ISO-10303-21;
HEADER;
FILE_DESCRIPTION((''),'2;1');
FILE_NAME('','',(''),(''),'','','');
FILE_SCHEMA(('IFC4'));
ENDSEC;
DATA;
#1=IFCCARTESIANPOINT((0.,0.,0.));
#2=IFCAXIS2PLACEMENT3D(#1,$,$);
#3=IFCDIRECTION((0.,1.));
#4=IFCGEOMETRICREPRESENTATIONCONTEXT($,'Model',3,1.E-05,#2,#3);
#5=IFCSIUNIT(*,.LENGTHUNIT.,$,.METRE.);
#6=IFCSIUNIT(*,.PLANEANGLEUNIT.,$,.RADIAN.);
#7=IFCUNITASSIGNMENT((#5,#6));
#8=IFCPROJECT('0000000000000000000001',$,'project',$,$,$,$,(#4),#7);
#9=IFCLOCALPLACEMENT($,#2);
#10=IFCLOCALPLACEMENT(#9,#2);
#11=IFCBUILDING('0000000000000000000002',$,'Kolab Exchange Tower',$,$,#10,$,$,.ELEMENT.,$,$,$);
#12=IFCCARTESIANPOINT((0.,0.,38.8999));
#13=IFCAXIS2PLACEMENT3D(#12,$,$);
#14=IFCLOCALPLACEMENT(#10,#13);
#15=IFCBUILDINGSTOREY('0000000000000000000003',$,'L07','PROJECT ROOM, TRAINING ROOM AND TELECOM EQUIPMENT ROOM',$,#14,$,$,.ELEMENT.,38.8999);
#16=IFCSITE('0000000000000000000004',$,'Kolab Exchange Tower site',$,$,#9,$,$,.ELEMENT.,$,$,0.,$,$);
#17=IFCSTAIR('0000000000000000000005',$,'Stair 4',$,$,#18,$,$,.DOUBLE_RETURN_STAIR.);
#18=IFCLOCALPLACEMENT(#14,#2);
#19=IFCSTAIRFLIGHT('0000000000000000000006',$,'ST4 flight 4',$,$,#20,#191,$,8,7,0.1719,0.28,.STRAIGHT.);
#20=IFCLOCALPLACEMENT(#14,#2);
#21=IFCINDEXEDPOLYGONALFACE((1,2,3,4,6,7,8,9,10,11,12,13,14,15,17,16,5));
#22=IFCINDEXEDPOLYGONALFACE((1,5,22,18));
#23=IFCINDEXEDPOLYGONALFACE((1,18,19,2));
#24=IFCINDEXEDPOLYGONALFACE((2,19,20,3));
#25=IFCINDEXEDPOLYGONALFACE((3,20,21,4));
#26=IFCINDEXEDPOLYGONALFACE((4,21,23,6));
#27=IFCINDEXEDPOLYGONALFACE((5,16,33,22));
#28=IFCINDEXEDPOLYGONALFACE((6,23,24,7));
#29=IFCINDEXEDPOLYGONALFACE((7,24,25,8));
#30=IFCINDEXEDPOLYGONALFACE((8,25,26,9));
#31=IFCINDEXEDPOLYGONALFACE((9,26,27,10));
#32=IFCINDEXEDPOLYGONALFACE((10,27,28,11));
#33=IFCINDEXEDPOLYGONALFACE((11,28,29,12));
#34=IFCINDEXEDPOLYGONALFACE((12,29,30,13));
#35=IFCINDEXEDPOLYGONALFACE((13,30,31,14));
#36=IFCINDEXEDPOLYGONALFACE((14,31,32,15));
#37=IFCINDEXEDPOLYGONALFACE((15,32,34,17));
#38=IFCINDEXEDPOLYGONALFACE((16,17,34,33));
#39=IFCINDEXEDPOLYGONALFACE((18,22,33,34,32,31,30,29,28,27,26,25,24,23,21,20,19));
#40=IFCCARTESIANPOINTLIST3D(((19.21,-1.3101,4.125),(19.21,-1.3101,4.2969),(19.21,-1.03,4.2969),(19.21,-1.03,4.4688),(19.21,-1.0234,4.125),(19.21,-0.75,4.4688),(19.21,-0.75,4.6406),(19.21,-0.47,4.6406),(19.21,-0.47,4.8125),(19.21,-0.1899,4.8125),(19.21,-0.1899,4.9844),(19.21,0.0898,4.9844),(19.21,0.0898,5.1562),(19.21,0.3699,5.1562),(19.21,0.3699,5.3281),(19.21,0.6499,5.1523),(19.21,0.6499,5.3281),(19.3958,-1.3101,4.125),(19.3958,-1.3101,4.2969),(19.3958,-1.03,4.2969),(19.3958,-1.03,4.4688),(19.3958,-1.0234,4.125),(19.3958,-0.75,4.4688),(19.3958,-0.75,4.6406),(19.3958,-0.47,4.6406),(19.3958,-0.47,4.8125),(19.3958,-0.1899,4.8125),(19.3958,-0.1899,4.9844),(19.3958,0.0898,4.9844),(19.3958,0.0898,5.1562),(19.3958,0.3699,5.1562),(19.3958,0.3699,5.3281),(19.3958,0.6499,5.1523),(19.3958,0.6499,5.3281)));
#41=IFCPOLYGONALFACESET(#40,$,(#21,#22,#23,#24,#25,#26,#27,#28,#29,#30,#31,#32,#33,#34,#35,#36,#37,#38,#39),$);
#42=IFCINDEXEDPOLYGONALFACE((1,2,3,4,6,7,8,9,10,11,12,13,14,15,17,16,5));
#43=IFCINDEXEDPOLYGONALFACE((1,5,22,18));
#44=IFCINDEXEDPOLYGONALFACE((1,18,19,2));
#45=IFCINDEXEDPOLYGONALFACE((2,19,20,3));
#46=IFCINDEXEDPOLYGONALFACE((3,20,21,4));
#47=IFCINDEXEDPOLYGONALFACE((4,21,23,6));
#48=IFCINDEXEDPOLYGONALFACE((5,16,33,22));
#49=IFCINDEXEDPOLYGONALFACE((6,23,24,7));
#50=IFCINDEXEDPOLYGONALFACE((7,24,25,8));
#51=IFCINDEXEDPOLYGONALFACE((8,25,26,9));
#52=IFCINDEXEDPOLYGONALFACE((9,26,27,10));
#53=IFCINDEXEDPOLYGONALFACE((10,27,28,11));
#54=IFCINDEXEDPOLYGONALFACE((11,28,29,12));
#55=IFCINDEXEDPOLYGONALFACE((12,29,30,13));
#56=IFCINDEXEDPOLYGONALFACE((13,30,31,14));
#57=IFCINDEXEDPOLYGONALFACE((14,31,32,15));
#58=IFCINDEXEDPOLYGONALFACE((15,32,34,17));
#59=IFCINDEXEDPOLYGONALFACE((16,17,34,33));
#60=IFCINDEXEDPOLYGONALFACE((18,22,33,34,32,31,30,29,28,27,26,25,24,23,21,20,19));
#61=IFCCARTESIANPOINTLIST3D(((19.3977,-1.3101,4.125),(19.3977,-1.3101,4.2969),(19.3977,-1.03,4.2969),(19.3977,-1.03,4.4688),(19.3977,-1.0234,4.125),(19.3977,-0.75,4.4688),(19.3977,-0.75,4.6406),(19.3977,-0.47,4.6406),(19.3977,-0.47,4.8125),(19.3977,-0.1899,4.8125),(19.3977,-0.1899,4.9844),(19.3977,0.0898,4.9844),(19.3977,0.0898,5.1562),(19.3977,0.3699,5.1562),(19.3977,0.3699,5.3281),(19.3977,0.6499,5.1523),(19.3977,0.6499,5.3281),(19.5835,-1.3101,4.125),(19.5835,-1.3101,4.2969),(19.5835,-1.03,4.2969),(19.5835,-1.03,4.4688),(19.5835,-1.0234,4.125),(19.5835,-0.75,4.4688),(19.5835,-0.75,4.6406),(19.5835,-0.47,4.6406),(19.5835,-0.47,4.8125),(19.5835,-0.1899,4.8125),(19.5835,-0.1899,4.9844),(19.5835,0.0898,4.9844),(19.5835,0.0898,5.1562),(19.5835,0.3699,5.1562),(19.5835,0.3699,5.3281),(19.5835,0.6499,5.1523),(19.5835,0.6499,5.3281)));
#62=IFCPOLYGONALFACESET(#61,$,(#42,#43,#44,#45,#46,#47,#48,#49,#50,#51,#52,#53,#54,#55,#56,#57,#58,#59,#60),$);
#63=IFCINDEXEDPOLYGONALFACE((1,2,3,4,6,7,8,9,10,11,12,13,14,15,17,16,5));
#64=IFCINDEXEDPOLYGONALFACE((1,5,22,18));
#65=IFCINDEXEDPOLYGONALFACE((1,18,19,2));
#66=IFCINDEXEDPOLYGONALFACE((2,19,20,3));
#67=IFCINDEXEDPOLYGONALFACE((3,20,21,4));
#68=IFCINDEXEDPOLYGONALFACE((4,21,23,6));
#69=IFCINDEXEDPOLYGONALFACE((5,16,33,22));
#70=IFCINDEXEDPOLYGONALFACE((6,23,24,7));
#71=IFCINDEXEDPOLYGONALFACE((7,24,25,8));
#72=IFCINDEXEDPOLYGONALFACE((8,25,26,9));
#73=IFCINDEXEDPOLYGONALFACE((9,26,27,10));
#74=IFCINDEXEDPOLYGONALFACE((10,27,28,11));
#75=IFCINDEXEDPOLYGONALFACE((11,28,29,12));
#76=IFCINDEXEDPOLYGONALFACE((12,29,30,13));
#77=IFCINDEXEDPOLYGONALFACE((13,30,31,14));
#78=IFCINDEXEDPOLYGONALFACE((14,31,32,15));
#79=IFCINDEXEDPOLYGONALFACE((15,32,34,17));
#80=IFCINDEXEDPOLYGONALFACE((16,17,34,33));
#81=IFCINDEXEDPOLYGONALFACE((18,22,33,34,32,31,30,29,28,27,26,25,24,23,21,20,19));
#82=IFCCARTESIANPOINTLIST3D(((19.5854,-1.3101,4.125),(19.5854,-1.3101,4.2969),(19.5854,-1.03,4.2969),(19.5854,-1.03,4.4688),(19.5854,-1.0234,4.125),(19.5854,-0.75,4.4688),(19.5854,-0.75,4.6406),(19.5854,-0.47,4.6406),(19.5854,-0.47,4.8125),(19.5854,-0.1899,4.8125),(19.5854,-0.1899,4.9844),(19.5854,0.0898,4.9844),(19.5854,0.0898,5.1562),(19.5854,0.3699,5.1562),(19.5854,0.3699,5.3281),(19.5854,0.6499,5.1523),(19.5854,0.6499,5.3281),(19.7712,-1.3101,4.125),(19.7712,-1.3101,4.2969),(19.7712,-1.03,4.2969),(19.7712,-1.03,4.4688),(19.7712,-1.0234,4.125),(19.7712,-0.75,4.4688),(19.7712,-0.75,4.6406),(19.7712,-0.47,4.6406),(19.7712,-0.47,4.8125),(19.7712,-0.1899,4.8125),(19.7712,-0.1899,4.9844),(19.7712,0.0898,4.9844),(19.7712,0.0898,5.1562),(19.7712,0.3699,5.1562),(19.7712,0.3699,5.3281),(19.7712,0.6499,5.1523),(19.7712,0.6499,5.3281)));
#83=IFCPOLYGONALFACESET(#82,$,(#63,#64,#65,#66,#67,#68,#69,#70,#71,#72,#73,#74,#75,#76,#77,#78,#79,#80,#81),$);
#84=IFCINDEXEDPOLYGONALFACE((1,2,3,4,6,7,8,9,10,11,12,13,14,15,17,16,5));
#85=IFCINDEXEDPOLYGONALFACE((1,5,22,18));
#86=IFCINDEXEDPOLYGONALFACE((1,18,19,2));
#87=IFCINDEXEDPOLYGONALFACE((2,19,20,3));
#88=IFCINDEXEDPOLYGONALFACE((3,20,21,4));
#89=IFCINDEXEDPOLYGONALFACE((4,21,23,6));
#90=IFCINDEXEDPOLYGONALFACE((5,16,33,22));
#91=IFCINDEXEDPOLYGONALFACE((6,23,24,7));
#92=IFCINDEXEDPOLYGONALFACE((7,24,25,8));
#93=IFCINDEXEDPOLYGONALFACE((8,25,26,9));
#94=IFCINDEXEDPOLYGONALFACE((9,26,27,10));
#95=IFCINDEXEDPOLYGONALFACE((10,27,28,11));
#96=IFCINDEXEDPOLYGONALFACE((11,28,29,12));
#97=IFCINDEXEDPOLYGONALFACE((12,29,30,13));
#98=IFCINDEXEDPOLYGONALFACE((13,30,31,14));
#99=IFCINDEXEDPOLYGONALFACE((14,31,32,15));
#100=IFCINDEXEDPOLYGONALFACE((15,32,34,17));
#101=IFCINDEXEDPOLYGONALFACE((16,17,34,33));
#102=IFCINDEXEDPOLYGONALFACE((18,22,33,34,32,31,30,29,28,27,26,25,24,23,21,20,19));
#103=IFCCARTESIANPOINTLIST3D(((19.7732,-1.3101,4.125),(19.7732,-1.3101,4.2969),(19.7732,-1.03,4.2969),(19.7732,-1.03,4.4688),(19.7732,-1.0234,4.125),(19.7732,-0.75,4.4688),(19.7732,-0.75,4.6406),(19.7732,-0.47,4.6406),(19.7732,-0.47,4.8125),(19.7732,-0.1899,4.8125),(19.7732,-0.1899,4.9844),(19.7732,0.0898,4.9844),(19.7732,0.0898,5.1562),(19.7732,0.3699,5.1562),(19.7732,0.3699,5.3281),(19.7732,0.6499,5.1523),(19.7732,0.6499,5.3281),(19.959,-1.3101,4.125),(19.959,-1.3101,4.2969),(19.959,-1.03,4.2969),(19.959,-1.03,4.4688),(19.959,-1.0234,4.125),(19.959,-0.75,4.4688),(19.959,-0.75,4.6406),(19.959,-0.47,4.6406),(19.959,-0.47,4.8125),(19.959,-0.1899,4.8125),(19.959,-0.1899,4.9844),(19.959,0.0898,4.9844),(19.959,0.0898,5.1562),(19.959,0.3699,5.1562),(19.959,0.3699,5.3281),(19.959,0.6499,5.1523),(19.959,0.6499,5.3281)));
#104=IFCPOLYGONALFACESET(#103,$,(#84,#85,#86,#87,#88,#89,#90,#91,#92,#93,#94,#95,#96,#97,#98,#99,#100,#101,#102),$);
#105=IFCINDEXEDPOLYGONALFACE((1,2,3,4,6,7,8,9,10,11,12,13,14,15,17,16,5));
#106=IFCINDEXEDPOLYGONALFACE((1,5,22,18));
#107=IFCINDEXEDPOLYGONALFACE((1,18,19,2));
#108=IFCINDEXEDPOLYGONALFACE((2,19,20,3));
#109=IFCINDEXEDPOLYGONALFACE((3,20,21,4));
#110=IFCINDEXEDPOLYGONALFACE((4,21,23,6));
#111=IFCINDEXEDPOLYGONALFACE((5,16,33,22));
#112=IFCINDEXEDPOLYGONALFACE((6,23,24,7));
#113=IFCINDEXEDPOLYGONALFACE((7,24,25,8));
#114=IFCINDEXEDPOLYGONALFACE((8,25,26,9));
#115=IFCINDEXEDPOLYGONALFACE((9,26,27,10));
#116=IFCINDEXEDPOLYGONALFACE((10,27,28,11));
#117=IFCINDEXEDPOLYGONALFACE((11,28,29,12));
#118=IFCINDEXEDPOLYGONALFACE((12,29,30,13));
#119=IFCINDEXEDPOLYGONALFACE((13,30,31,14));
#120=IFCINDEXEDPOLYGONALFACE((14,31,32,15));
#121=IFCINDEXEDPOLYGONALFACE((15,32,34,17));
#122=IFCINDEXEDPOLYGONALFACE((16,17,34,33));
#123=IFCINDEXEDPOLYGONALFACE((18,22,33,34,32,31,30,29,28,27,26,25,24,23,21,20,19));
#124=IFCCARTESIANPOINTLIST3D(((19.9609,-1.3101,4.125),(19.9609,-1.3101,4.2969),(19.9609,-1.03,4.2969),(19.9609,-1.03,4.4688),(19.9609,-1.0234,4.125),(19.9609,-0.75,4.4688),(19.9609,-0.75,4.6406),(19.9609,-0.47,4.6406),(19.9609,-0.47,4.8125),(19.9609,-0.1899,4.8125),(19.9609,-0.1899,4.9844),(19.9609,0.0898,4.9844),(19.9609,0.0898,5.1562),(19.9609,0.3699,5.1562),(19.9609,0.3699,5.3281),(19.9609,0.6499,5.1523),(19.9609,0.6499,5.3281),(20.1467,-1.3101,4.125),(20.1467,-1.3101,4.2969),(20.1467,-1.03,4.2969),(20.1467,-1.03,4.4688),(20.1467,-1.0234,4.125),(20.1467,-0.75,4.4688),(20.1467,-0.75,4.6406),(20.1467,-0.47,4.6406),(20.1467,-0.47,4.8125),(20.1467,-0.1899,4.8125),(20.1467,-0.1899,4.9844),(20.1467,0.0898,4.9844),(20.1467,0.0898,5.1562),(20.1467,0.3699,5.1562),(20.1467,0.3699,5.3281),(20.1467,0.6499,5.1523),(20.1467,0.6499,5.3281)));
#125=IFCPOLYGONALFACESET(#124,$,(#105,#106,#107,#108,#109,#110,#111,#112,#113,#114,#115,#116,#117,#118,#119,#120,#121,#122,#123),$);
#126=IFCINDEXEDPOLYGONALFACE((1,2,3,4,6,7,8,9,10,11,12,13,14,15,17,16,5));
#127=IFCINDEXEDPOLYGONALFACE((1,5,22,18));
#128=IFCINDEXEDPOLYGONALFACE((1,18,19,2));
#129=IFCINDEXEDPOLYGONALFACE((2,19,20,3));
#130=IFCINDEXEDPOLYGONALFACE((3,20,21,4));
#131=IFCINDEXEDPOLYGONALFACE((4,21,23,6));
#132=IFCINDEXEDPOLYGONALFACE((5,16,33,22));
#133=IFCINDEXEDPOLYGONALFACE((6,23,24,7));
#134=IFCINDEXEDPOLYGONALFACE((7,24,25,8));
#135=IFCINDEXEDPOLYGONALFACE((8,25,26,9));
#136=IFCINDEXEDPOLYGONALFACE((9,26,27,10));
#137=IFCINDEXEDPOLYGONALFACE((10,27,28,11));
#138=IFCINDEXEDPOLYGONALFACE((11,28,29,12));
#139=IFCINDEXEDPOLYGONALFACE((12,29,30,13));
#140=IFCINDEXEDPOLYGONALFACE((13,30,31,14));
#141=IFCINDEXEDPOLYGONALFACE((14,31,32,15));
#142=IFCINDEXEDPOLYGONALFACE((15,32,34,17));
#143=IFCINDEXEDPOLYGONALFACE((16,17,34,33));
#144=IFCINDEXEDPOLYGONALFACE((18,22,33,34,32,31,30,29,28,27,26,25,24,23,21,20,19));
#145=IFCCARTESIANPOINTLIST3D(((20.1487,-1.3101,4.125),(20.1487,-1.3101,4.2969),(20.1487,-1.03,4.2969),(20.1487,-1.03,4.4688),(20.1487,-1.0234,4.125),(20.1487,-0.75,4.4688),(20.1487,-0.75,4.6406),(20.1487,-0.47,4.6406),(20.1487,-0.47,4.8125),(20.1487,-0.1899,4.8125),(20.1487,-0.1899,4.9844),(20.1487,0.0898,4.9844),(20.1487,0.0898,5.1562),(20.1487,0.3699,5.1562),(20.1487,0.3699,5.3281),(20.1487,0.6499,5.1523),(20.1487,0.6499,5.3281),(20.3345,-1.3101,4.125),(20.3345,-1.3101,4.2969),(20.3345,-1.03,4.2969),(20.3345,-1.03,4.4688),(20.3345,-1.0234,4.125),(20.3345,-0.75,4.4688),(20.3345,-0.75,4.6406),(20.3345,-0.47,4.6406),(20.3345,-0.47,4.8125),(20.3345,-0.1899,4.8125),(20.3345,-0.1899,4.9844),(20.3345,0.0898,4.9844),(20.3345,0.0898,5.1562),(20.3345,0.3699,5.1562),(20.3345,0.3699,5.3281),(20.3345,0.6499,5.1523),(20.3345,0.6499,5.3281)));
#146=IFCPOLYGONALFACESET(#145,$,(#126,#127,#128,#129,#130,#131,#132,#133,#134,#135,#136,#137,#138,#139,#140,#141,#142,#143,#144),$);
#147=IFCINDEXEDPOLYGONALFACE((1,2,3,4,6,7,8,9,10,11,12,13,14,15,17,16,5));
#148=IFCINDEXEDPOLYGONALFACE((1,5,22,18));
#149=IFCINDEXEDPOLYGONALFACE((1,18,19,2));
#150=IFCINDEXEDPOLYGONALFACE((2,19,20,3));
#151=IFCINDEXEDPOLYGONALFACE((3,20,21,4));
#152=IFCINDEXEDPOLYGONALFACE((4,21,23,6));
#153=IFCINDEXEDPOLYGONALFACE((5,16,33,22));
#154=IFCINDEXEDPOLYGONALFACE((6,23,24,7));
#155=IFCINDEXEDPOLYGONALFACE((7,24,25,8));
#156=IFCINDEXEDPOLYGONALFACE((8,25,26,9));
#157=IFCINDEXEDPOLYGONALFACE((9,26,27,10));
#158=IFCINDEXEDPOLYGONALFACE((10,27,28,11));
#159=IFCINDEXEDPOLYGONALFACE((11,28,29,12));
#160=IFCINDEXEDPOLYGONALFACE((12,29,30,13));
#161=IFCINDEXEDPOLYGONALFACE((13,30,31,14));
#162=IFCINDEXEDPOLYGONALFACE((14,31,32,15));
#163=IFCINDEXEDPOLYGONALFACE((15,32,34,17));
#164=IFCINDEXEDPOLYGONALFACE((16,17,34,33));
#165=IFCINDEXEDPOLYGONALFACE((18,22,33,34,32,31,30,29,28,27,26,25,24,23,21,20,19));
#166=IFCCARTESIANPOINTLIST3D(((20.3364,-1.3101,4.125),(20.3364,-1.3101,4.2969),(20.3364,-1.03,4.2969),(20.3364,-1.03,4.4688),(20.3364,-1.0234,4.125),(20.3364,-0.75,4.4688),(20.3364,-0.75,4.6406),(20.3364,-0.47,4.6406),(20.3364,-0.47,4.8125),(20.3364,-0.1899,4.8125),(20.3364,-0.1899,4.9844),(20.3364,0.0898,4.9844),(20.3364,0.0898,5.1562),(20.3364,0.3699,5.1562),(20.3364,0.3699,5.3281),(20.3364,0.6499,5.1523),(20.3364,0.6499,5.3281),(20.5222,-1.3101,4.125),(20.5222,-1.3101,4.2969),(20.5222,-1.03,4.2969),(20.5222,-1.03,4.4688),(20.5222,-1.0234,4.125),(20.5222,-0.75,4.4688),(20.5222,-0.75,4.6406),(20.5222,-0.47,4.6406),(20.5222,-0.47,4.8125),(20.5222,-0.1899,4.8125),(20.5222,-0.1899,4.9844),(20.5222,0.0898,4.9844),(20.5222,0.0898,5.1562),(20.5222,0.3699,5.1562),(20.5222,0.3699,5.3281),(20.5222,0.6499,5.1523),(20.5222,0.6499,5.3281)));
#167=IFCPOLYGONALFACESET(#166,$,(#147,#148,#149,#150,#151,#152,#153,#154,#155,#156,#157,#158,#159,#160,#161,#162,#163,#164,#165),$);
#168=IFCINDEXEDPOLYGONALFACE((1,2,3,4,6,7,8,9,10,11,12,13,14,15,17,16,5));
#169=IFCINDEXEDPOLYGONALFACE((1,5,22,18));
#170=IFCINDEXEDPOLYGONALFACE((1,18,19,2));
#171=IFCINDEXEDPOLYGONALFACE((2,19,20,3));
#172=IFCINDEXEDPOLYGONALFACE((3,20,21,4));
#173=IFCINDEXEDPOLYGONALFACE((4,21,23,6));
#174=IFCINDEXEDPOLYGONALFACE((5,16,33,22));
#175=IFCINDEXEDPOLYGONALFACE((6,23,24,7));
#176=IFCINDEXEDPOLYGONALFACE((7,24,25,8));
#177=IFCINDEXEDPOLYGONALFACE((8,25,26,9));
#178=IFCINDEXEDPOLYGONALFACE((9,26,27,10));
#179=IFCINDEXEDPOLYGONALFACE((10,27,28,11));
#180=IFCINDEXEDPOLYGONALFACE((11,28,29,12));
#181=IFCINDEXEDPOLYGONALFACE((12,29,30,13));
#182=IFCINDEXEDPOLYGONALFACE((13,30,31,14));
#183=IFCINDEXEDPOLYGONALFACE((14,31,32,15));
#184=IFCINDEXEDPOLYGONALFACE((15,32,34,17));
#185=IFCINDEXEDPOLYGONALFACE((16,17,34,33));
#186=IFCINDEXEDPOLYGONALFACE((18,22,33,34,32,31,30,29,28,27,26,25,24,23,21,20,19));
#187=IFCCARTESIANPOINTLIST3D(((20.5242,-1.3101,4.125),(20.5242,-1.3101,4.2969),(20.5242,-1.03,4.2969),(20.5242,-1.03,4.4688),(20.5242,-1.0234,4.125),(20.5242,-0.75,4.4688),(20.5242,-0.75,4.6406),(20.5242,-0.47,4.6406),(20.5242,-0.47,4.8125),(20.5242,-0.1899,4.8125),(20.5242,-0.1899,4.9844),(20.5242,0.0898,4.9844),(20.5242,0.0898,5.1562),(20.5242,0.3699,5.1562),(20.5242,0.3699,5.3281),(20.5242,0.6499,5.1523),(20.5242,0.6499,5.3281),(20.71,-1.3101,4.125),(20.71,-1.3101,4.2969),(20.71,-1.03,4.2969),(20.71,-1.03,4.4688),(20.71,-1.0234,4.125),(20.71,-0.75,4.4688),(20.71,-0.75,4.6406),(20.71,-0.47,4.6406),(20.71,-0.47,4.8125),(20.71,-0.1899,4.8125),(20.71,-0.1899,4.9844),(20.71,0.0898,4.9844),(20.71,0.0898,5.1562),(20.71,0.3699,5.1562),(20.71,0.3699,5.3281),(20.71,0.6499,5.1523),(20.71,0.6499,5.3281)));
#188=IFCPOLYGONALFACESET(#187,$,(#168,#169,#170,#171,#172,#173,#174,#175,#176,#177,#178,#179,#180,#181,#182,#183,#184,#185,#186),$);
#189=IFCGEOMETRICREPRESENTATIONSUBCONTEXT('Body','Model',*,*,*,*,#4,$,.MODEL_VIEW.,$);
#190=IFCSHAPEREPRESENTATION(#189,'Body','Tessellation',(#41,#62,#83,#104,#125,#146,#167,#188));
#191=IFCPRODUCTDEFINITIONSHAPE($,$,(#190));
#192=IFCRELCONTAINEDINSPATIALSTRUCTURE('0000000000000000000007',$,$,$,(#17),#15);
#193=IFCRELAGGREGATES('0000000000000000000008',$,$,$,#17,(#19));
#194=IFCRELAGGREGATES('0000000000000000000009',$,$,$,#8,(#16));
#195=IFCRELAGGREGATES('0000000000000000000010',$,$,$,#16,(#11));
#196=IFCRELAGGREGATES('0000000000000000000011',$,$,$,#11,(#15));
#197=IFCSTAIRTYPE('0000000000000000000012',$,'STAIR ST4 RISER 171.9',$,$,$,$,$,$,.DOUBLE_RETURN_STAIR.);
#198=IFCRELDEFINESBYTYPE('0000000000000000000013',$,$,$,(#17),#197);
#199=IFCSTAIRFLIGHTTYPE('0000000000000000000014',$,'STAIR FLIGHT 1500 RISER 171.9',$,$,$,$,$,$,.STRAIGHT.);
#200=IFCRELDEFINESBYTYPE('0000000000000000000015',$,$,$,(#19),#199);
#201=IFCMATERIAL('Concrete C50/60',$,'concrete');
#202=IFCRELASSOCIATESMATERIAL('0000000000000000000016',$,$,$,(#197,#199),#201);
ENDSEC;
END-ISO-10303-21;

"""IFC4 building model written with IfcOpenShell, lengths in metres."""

from ifc_helpers import new_model, si_unit, direction, frame, origin, place, context, subcontext, project, spatial, polyline, outline, extrude, material, type_object, element, aggregate, save


model = new_model("IFC4")

# Units and contexts
model_context = context("Model", 3, precision=1e-05, world=origin(), true_north=direction((0.0, 1.0)))
body_context = subcontext(model_context, "Body", "Model", "MODEL_VIEW")
ifc_project = project(units=[si_unit("LENGTHUNIT", "METRE"), si_unit("PLANEANGLEUNIT", "RADIAN")], contexts=[model_context])

# Site, building, storey
site_placement = place(None, origin())
site = spatial("IfcSite", under=ifc_project, at=site_placement, Name="Kolab Exchange Tower site", CompositionType="ELEMENT", RefElevation=0.0)
building_placement = place(site_placement, origin())
building = spatial("IfcBuilding", under=site, at=building_placement, Name="Kolab Exchange Tower", CompositionType="ELEMENT")
storey_placement = place(building_placement, frame((0.0, 0.0, 38.8999)))
storey = spatial("IfcBuildingStorey", under=building, at=storey_placement, Name="L07", Description="PROJECT ROOM, TRAINING ROOM AND TELECOM EQUIPMENT ROOM", CompositionType="ELEMENT", Elevation=38.8999)

# Shared definitions
ifc_material_1 = material(Name="Concrete C50/60", Category="concrete")

# Stair, stair flight
stair_type = type_object("IfcStairType", Name="STAIR ST4 RISER 171.9", PredefinedType="DOUBLE_RETURN_STAIR", material=ifc_material_1)
stair_placement = place(storey_placement, origin())
stair = element("IfcStair", 1, at=stair_placement, inside=storey, type_object=stair_type, Name="Stair 4", PredefinedType="DOUBLE_RETURN_STAIR")
stair_flight_type = type_object("IfcStairFlightType", Name="STAIR FLIGHT 1500 RISER 171.9", PredefinedType="STRAIGHT", material=ifc_material_1)
stair_flight_1_placement = place(storey_placement, frame((19.96, -1.3101, 4.125), z_axis=(0.0, 0.0, 1.0), x_axis=(0.0, 1.0, 0.0)))
stair_flight_1 = element("IfcStairFlight", 2, at=stair_flight_1_placement, type_object=stair_flight_type, Name="ST4 flight 4", NumberOfRisers=8, NumberOfTreads=7, PredefinedType="STRAIGHT", RiserHeight=0.1719, TreadLength=0.28, context=body_context, shape_type="SweptSolid", body=[
    extrude(outline(polyline([(0.0, 0.0), (0.0, 0.1719), (0.28, 0.1719), (0.28, 0.3438), (0.5601, 0.3438), (0.5601, 0.5156), (0.8401, 0.5156), (0.8401, 0.6875), (1.1201, 0.6875), (1.1201, 0.8594), (1.3999, 0.8594), (1.3999, 1.0312), (1.6799, 1.0312), (1.6799, 1.2031), (1.96, 1.2031), (1.96, 1.375), (1.96, 1.0273), (0.2866, 0.0), (0.0, 0.0)])), frame((0.0, 0.75, 0.0), z_axis=(0.0, -1.0, 0.0), x_axis=(1.0, 0.0, 0.0)), (0.0, 0.0, 1.0), 0.1858),
    extrude(outline(polyline([(0.0, 0.0), (0.0, 0.1719), (0.28, 0.1719), (0.28, 0.3438), (0.5601, 0.3438), (0.5601, 0.5156), (0.8401, 0.5156), (0.8401, 0.6875), (1.1201, 0.6875), (1.1201, 0.8594), (1.3999, 0.8594), (1.3999, 1.0312), (1.6799, 1.0312), (1.6799, 1.2031), (1.96, 1.2031), (1.96, 1.375), (1.96, 1.0273), (0.2866, 0.0), (0.0, 0.0)])), frame((0.0, 0.5623, 0.0), z_axis=(0.0, -1.0, 0.0), x_axis=(1.0, 0.0, 0.0)), (0.0, 0.0, 1.0), 0.1858),
    extrude(outline(polyline([(0.0, 0.0), (0.0, 0.1719), (0.28, 0.1719), (0.28, 0.3438), (0.5601, 0.3438), (0.5601, 0.5156), (0.8401, 0.5156), (0.8401, 0.6875), (1.1201, 0.6875), (1.1201, 0.8594), (1.3999, 0.8594), (1.3999, 1.0312), (1.6799, 1.0312), (1.6799, 1.2031), (1.96, 1.2031), (1.96, 1.375), (1.96, 1.0273), (0.2866, 0.0), (0.0, 0.0)])), frame((0.0, 0.3745, 0.0), z_axis=(0.0, -1.0, 0.0), x_axis=(1.0, 0.0, 0.0)), (0.0, 0.0, 1.0), 0.1858),
    extrude(outline(polyline([(0.0, 0.0), (0.0, 0.1719), (0.28, 0.1719), (0.28, 0.3438), (0.5601, 0.3438), (0.5601, 0.5156), (0.8401, 0.5156), (0.8401, 0.6875), (1.1201, 0.6875), (1.1201, 0.8594), (1.3999, 0.8594), (1.3999, 1.0312), (1.6799, 1.0312), (1.6799, 1.2031), (1.96, 1.2031), (1.96, 1.375), (1.96, 1.0273), (0.2866, 0.0), (0.0, 0.0)])), frame((0.0, 0.1868, 0.0), z_axis=(0.0, -1.0, 0.0), x_axis=(1.0, 0.0, 0.0)), (0.0, 0.0, 1.0), 0.1858),
    extrude(outline(polyline([(0.0, 0.0), (0.0, 0.1719), (0.28, 0.1719), (0.28, 0.3438), (0.5601, 0.3438), (0.5601, 0.5156), (0.8401, 0.5156), (0.8401, 0.6875), (1.1201, 0.6875), (1.1201, 0.8594), (1.3999, 0.8594), (1.3999, 1.0312), (1.6799, 1.0312), (1.6799, 1.2031), (1.96, 1.2031), (1.96, 1.375), (1.96, 1.0273), (0.2866, 0.0), (0.0, 0.0)])), frame((0.0, -0.001, 0.0), z_axis=(0.0, -1.0, 0.0), x_axis=(1.0, 0.0, 0.0)), (0.0, 0.0, 1.0), 0.1858),
    extrude(outline(polyline([(0.0, 0.0), (0.0, 0.1719), (0.28, 0.1719), (0.28, 0.3438), (0.5601, 0.3438), (0.5601, 0.5156), (0.8401, 0.5156), (0.8401, 0.6875), (1.1201, 0.6875), (1.1201, 0.8594), (1.3999, 0.8594), (1.3999, 1.0312), (1.6799, 1.0312), (1.6799, 1.2031), (1.96, 1.2031), (1.96, 1.375), (1.96, 1.0273), (0.2866, 0.0), (0.0, 0.0)])), frame((0.0, -0.1887, 0.0), z_axis=(0.0, -1.0, 0.0), x_axis=(1.0, 0.0, 0.0)), (0.0, 0.0, 1.0), 0.1858),
    extrude(outline(polyline([(0.0, 0.0), (0.0, 0.1719), (0.28, 0.1719), (0.28, 0.3438), (0.5601, 0.3438), (0.5601, 0.5156), (0.8401, 0.5156), (0.8401, 0.6875), (1.1201, 0.6875), (1.1201, 0.8594), (1.3999, 0.8594), (1.3999, 1.0312), (1.6799, 1.0312), (1.6799, 1.2031), (1.96, 1.2031), (1.96, 1.375), (1.96, 1.0273), (0.2866, 0.0), (0.0, 0.0)])), frame((0.0, -0.3765, 0.0), z_axis=(0.0, -1.0, 0.0), x_axis=(1.0, 0.0, 0.0)), (0.0, 0.0, 1.0), 0.1858),
    extrude(outline(polyline([(0.0, 0.0), (0.0, 0.1719), (0.28, 0.1719), (0.28, 0.3438), (0.5601, 0.3438), (0.5601, 0.5156), (0.8401, 0.5156), (0.8401, 0.6875), (1.1201, 0.6875), (1.1201, 0.8594), (1.3999, 0.8594), (1.3999, 1.0312), (1.6799, 1.0312), (1.6799, 1.2031), (1.96, 1.2031), (1.96, 1.375), (1.96, 1.0273), (0.2866, 0.0), (0.0, 0.0)])), frame((0.0, -0.5642, 0.0), z_axis=(0.0, -1.0, 0.0), x_axis=(1.0, 0.0, 0.0)), (0.0, 0.0, 1.0), 0.1858),
])
aggregate(stair, [stair_flight_1])

save(model, "model.ifc")
